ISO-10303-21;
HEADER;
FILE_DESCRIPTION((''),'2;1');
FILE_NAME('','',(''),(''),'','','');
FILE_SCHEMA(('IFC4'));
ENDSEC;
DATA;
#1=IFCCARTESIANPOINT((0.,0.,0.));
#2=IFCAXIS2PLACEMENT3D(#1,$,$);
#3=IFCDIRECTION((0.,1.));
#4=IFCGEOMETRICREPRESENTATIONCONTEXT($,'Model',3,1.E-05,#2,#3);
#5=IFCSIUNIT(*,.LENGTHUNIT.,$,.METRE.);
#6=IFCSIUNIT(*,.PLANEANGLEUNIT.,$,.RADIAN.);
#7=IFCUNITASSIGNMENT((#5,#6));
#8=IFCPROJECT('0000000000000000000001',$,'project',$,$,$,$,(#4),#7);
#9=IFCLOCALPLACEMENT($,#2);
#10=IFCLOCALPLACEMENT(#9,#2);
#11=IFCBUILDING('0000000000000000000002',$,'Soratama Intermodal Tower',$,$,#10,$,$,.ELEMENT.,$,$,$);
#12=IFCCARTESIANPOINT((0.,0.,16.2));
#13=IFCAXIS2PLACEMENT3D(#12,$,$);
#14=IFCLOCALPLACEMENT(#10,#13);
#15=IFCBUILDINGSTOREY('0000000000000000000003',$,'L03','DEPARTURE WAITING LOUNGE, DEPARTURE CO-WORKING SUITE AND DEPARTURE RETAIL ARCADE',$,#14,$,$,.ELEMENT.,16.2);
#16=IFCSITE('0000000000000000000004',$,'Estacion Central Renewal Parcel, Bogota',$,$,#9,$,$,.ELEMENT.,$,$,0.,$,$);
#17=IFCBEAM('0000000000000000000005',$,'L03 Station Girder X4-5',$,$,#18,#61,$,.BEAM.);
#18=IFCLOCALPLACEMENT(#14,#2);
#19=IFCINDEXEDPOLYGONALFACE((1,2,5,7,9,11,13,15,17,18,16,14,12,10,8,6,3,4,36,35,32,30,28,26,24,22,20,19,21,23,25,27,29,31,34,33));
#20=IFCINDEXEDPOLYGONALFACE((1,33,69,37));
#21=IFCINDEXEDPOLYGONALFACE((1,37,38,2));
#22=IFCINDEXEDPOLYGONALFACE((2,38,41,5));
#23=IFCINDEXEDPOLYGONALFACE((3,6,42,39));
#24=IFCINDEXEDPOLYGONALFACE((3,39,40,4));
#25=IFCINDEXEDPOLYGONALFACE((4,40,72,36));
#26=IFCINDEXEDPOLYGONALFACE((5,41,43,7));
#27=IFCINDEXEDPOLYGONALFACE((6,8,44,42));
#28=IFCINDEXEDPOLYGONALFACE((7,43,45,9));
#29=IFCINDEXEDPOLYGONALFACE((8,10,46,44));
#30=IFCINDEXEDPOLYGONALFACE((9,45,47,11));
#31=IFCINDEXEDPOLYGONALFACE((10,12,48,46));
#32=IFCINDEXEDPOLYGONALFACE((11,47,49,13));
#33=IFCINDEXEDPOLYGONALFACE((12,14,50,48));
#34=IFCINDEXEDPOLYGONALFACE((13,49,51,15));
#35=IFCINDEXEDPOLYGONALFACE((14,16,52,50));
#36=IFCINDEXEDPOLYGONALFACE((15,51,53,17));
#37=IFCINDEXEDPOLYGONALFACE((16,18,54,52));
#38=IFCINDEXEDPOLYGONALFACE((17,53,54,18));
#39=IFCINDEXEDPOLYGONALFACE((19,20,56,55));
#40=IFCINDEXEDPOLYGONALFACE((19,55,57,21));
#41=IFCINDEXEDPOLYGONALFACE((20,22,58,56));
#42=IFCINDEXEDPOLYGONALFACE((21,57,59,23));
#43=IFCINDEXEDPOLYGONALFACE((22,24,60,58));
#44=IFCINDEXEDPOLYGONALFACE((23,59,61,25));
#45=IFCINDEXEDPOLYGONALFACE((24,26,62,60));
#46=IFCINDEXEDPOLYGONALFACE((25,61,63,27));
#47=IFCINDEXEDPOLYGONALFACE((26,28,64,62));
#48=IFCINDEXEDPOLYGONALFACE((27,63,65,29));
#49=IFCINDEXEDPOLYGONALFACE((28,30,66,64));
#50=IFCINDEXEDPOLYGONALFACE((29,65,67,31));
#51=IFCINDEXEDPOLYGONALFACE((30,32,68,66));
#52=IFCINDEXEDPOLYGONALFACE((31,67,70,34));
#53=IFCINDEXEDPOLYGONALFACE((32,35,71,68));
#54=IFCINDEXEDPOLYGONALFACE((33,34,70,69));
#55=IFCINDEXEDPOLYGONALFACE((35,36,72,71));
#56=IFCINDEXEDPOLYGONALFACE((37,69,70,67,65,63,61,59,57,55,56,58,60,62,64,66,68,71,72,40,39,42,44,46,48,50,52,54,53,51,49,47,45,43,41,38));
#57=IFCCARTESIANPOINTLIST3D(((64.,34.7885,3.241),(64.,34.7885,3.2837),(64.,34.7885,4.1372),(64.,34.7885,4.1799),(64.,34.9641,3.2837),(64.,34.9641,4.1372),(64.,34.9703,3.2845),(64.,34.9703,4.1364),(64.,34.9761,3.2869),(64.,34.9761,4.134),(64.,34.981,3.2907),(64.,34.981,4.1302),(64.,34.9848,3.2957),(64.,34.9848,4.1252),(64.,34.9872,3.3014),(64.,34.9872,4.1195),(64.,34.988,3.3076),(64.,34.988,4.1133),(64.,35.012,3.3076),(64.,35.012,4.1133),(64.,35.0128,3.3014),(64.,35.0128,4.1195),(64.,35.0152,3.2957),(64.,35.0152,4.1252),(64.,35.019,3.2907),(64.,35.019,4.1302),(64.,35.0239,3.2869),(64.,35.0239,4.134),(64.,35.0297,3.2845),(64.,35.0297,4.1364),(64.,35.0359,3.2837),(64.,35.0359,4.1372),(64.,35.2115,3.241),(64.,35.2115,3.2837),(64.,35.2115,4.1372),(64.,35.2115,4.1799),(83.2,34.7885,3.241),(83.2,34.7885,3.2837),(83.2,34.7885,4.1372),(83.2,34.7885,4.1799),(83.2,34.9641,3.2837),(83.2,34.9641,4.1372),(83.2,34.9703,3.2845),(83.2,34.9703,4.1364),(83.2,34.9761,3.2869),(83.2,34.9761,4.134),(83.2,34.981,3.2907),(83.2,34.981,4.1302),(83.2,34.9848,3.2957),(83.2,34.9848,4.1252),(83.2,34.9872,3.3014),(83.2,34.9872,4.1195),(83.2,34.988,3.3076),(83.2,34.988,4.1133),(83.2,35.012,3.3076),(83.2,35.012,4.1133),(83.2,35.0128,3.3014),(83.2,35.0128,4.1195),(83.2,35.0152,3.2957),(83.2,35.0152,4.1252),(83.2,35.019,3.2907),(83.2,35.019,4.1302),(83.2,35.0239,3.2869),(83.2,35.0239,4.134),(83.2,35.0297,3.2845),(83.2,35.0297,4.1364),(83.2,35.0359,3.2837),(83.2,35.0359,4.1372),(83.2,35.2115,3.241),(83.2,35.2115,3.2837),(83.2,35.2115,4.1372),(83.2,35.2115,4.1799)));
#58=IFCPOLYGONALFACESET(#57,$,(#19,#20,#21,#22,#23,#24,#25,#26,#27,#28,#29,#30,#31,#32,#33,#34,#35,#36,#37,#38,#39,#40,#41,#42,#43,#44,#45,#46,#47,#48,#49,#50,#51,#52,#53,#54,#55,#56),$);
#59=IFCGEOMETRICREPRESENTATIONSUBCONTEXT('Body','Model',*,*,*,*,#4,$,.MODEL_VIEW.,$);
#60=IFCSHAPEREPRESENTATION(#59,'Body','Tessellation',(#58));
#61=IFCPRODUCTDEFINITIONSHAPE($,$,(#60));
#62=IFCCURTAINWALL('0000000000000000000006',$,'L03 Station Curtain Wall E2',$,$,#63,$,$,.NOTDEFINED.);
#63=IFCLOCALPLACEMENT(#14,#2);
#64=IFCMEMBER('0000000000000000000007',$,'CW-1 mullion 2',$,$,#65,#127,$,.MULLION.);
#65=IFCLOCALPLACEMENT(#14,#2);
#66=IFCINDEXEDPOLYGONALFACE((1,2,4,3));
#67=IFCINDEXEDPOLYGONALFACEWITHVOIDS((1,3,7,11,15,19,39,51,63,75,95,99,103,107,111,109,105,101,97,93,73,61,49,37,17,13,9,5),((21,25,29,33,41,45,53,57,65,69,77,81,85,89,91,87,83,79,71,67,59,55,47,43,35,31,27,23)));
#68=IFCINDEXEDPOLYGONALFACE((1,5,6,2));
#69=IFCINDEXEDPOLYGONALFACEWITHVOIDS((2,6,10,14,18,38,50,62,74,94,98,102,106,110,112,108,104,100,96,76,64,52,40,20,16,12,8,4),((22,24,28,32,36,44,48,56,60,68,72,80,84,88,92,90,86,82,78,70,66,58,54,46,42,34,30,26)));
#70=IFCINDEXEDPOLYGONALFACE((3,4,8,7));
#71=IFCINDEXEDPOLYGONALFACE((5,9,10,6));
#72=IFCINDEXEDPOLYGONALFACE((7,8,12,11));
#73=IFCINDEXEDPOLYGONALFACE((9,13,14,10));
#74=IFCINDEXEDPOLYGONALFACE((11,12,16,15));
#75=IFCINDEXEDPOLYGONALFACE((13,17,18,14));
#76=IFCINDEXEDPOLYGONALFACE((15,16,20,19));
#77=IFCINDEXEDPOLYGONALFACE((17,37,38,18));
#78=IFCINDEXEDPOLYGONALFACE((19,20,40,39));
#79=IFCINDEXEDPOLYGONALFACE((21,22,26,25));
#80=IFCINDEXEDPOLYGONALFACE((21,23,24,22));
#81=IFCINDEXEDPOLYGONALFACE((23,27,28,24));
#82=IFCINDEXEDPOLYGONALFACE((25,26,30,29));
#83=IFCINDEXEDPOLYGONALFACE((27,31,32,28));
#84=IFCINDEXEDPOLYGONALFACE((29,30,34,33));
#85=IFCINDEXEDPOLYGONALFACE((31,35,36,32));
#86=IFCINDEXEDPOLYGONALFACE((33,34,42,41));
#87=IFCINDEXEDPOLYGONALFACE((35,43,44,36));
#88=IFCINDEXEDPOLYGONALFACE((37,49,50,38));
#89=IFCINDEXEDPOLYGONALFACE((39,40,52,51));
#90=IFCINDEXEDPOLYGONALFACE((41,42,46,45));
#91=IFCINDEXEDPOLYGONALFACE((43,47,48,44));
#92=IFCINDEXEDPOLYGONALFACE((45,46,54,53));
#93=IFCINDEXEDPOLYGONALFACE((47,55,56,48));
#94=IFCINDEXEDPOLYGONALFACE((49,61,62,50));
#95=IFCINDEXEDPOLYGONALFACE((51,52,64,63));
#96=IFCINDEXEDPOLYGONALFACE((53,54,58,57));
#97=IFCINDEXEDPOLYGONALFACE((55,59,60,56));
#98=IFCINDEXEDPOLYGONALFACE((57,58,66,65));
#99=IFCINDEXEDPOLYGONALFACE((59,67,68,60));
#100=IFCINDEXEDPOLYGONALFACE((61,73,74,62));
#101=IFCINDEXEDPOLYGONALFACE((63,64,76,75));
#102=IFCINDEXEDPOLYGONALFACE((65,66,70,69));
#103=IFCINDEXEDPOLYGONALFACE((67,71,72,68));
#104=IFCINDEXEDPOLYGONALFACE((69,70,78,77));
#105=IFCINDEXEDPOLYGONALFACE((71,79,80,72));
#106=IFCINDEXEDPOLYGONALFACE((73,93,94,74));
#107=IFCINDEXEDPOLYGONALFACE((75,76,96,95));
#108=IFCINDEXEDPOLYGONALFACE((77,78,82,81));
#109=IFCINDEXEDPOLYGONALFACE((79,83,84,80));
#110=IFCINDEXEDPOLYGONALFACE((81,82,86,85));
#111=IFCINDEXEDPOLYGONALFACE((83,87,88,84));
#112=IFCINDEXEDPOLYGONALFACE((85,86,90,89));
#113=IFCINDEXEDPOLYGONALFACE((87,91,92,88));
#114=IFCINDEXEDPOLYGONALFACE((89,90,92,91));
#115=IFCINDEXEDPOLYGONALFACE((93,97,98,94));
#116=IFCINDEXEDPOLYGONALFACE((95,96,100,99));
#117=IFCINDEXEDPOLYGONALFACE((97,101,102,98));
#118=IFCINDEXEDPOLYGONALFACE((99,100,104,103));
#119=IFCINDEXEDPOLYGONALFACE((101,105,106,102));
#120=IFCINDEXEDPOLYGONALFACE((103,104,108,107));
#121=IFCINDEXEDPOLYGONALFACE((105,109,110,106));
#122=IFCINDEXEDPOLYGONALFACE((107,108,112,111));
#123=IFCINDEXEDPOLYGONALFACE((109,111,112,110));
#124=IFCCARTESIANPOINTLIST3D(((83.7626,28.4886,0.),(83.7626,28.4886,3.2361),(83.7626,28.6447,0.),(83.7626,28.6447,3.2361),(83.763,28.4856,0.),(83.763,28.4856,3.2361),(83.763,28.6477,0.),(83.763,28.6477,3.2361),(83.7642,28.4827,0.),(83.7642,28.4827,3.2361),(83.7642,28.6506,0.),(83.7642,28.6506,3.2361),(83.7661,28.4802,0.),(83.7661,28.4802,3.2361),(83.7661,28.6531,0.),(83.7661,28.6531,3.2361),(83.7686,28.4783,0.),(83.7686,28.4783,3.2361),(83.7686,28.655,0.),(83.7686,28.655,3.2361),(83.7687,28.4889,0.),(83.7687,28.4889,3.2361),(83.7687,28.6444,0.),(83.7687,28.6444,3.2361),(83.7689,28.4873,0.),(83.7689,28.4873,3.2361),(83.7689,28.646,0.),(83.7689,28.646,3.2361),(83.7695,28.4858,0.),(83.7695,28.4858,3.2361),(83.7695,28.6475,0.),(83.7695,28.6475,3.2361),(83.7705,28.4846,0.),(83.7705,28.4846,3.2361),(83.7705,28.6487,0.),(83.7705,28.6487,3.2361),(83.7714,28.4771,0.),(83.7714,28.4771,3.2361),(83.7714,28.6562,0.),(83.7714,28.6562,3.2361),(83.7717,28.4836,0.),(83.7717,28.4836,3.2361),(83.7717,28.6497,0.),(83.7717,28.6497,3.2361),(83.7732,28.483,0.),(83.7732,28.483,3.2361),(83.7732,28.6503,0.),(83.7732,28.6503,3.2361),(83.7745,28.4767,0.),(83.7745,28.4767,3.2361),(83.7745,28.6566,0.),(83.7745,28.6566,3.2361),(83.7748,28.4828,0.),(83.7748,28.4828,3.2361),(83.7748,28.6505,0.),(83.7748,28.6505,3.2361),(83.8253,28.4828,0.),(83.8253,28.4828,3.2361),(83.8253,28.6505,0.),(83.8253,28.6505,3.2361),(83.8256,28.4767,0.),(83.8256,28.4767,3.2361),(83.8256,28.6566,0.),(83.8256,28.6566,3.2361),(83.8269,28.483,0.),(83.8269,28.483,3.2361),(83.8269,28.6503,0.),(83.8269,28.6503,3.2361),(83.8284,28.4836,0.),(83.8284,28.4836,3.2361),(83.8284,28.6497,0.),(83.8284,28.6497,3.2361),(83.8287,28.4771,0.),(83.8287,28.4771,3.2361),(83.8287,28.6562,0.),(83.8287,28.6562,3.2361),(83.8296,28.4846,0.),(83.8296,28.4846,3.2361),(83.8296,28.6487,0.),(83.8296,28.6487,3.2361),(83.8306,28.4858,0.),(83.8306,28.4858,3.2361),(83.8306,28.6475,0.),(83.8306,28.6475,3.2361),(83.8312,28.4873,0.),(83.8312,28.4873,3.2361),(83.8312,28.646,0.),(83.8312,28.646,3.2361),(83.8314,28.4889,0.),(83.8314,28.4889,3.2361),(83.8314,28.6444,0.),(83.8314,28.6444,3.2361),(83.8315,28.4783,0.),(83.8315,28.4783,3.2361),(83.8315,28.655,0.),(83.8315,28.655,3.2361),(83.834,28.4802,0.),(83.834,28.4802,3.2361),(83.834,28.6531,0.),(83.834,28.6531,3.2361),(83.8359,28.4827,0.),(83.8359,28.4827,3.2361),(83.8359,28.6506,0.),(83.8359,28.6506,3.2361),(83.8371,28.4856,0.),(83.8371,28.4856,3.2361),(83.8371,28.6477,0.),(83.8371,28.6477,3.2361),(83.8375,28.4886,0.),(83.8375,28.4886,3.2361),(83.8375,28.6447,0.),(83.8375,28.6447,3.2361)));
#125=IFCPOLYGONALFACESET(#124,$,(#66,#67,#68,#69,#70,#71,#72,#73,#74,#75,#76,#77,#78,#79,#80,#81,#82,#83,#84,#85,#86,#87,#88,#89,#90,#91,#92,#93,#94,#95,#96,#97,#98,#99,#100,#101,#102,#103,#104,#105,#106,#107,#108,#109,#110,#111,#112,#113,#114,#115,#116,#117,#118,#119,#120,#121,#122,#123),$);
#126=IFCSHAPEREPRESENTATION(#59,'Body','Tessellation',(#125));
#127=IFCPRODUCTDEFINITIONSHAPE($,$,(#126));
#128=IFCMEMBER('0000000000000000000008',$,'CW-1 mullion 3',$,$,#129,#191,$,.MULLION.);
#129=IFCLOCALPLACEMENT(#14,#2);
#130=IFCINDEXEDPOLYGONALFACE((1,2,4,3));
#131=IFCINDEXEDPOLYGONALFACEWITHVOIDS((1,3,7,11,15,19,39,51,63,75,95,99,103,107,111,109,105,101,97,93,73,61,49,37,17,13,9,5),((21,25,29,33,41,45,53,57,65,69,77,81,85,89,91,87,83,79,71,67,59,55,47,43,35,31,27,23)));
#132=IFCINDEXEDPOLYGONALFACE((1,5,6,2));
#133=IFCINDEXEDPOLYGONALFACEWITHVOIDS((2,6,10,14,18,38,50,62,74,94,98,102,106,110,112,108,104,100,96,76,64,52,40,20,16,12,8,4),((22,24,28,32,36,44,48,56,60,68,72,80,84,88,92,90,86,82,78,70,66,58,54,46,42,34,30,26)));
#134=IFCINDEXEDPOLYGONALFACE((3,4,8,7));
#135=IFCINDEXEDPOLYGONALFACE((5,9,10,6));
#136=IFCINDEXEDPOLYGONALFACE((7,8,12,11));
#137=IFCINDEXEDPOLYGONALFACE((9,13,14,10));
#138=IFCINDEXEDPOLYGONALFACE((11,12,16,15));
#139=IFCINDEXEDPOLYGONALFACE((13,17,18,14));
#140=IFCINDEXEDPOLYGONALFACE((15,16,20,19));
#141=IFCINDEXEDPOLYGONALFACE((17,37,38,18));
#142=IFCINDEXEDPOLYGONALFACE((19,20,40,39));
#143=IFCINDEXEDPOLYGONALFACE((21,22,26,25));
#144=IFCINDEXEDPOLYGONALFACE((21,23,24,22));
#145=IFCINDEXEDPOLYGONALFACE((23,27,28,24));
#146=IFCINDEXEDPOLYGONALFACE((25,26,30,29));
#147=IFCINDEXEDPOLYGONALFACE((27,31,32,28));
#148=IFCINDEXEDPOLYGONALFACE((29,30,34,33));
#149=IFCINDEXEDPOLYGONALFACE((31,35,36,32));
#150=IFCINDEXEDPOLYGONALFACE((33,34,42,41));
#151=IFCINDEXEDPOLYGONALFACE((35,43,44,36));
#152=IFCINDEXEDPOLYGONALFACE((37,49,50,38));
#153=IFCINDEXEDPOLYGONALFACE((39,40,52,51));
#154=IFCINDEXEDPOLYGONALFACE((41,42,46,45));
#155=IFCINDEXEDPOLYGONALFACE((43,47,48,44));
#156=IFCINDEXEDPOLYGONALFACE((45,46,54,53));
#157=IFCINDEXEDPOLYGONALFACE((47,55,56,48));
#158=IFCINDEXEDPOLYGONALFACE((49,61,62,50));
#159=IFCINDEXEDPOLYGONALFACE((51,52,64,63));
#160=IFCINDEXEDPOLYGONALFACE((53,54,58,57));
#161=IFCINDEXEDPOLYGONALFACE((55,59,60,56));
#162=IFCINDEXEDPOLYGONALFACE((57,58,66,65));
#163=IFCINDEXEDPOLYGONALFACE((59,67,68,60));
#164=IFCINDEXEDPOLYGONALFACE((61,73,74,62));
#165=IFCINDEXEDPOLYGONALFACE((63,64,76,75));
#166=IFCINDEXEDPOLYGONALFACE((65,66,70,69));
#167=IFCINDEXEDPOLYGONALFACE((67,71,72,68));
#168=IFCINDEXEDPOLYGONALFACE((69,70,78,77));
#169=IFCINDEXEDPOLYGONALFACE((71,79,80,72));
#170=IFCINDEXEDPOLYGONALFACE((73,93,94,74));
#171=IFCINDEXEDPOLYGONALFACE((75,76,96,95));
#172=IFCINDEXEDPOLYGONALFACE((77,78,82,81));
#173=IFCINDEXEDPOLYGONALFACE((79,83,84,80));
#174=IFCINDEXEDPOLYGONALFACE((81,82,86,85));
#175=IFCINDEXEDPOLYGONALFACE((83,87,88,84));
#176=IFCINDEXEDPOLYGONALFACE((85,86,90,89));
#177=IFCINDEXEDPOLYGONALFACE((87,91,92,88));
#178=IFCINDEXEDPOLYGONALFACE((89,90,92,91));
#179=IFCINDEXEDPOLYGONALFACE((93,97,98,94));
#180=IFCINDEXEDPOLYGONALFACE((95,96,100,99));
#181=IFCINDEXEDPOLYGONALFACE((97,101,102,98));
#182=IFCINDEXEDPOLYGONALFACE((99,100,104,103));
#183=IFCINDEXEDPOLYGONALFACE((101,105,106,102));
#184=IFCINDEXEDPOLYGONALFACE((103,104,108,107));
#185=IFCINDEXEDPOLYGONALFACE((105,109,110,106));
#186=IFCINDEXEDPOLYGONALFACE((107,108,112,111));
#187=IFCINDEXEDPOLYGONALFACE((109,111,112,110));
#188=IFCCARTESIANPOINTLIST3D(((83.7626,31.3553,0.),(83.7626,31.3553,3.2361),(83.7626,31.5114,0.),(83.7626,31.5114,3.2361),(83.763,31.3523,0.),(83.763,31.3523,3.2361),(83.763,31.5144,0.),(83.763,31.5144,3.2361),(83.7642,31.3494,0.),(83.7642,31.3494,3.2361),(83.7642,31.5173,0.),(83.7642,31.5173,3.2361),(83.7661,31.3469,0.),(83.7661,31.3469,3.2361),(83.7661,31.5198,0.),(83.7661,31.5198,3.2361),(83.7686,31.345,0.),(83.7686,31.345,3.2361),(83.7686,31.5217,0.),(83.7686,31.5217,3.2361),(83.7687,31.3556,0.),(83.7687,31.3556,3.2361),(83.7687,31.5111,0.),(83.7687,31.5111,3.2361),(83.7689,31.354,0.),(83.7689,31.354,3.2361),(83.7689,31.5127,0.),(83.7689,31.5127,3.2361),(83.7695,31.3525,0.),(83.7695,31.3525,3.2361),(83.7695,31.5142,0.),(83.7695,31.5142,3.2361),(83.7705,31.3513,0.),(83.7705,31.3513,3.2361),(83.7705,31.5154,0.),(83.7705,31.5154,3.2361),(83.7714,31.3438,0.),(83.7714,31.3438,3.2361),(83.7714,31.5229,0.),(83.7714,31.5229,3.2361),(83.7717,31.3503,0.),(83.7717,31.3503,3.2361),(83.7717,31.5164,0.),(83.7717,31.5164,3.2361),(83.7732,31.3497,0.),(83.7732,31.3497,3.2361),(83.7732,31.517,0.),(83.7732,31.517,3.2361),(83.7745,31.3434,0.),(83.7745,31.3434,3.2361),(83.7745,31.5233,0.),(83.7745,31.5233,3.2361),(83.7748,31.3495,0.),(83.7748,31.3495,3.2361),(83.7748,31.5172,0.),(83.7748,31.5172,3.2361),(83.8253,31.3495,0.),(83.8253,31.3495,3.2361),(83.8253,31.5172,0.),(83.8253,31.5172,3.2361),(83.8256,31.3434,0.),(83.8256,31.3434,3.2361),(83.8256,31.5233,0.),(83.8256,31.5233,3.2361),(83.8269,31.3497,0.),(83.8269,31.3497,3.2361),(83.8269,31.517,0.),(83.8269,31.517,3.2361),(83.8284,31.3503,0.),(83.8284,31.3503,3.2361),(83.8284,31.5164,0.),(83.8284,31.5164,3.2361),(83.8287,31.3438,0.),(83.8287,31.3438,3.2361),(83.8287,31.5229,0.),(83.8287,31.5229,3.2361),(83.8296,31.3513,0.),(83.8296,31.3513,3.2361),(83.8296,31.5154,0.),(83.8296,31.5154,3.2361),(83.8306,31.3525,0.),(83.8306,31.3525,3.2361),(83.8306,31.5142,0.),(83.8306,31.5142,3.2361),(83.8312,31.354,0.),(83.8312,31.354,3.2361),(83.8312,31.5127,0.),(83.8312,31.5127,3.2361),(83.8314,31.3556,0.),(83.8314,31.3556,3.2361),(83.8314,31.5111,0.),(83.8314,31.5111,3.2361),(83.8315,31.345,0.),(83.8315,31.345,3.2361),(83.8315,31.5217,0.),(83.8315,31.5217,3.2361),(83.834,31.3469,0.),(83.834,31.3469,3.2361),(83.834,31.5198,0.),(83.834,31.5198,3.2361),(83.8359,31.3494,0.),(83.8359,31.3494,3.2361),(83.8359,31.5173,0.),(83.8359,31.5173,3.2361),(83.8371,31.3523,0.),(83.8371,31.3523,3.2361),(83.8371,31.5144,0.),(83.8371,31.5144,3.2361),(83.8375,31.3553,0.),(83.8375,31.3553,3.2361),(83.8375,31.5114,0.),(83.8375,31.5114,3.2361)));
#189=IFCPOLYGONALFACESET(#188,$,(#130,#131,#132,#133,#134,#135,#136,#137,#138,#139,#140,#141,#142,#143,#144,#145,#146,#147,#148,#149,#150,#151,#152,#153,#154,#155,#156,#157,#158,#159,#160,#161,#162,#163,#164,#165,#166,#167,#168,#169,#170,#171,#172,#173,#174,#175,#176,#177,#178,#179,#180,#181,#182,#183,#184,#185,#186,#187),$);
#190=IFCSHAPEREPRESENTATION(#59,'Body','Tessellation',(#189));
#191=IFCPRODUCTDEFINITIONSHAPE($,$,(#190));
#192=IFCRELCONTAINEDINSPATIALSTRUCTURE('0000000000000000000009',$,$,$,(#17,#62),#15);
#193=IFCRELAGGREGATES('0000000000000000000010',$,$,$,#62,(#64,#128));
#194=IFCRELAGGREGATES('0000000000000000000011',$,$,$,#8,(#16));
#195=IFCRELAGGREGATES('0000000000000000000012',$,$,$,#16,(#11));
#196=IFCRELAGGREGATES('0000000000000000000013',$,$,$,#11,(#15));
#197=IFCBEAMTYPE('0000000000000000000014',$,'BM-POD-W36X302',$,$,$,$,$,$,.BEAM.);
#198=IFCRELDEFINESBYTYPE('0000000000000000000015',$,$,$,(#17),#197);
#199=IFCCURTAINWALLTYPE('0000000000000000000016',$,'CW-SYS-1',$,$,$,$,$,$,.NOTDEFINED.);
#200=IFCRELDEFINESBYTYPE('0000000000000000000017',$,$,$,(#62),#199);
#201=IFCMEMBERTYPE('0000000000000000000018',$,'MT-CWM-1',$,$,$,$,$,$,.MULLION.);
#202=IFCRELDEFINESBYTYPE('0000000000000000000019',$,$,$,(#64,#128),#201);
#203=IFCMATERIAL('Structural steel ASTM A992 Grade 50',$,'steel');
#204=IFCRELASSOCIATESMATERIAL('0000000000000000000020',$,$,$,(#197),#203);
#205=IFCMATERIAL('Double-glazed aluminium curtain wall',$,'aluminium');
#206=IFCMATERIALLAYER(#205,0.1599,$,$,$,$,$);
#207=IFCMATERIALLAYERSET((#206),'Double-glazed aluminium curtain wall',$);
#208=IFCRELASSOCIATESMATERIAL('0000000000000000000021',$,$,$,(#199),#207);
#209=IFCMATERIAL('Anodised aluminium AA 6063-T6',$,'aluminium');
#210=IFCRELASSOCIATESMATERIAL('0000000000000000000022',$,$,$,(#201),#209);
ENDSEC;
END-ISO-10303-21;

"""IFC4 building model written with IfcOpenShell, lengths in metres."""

from ifc_helpers import new_model, si_unit, direction, frame, origin, origin_2d, place, context, subcontext, project, spatial, hollow_rectangle, i_section, extrude, material, layer, layer_set, material_profile, profile_set, type_object, element, aggregate, save


model = new_model("IFC4")

# Units and contexts
model_context = context("Model", 3, precision=1e-05, world=origin(), true_north=direction((0.0, 1.0)))
body_context = subcontext(model_context, "Body", "Model", "MODEL_VIEW")
ifc_project = project(units=[si_unit("LENGTHUNIT", "METRE"), si_unit("PLANEANGLEUNIT", "RADIAN")], contexts=[model_context])

# Site, building, storey
site_placement = place(None, origin())
site = spatial("IfcSite", under=ifc_project, at=site_placement, Name="Estacion Central Renewal Parcel, Bogota", CompositionType="ELEMENT", RefElevation=0.0)
building_placement = place(site_placement, origin())
building = spatial("IfcBuilding", under=site, at=building_placement, Name="Soratama Intermodal Tower", CompositionType="ELEMENT")
storey_placement = place(building_placement, frame((0.0, 0.0, 16.2)))
storey = spatial("IfcBuildingStorey", under=building, at=storey_placement, Name="L03", Description="DEPARTURE WAITING LOUNGE, DEPARTURE CO-WORKING SUITE AND DEPARTURE RETAIL ARCADE", CompositionType="ELEMENT", Elevation=16.2)

# Beam
ifc_material_1 = material(Name="Structural steel ASTM A992 Grade 50", Category="steel")
ifc_material_profile_1 = material_profile(ifc_material_1, i_section(OverallWidth=0.4231, OverallDepth=0.939, WebThickness=0.0239, FlangeThickness=0.0427, FilletRadius=0.0239, at=origin_2d()), Name="W36X302")
ifc_profile_set_1 = profile_set([ifc_material_profile_1], Name="Structural steel ASTM A992 Grade 50")
beam_type_1 = type_object("IfcBeamType", Name="BM-POD-W36X302", PredefinedType="BEAM", material=ifc_profile_set_1)
beam_1_placement = place(storey_placement, frame((64.0, 35.0, 3.7104), z_axis=(1.0, 0.0, 0.0), x_axis=(0.0, 1.0, 0.0)))
element("IfcBeam", 1, at=beam_1_placement, inside=storey, type_object=beam_type_1, Name="L03 Station Girder X4-5", PredefinedType="BEAM", context=body_context, shape_type="SweptSolid", body=[
    extrude(i_section(OverallWidth=0.4231, OverallDepth=0.939, WebThickness=0.0239, FlangeThickness=0.0427, FilletRadius=0.0239, at=origin_2d()), origin(), (0.0, 0.0, 1.0), 19.2),
])

# Curtain wall, members
ifc_material_2 = material(Name="Double-glazed aluminium curtain wall", Category="aluminium")
ifc_layer_1 = layer(ifc_material_2, 0.1599)
ifc_layer_set_1 = layer_set([ifc_layer_1], Name="Double-glazed aluminium curtain wall")
curtain_wall_type = type_object("IfcCurtainWallType", Name="CW-SYS-1", PredefinedType="NOTDEFINED", material=ifc_layer_set_1)
curtain_wall_placement = place(storey_placement, origin())
curtain_wall = element("IfcCurtainWall", 2, at=curtain_wall_placement, inside=storey, type_object=curtain_wall_type, Name="L03 Station Curtain Wall E2", PredefinedType="NOTDEFINED")
ifc_material_3 = material(Name="Anodised aluminium AA 6063-T6", Category="aluminium")
ifc_material_profile_2 = material_profile(ifc_material_3, hollow_rectangle(XDim=0.075, YDim=0.1799, WallThickness=0.0061, InnerFilletRadius=0.0061, OuterFilletRadius=0.012, at=origin_2d()), Name="CWM180X75X6")
ifc_profile_set_2 = profile_set([ifc_material_profile_2], Name="Anodised aluminium AA 6063-T6")
member_type_1 = type_object("IfcMemberType", Name="MT-CWM-1", PredefinedType="MULLION", material=ifc_profile_set_2)
member_1_placement = place(storey_placement, frame((83.8, 28.5667, 0.0), z_axis=(0.0, 0.0, 1.0), x_axis=(-1.0, 0.0, 0.0)))
member_1 = element("IfcMember", 3, at=member_1_placement, type_object=member_type_1, Name="CW-1 mullion 2", PredefinedType="MULLION", context=body_context, shape_type="SweptSolid", body=[
    extrude(hollow_rectangle(XDim=0.075, YDim=0.1799, WallThickness=0.0061, InnerFilletRadius=0.0061, OuterFilletRadius=0.012, at=origin_2d()), origin(), (0.0, 0.0, 1.0), 3.2361),
])
member_2_placement = place(storey_placement, frame((83.8, 31.4333, 0.0), z_axis=(0.0, 0.0, 1.0), x_axis=(-1.0, 0.0, 0.0)))
member_2 = element("IfcMember", 4, at=member_2_placement, type_object=member_type_1, Name="CW-1 mullion 3", PredefinedType="MULLION", context=body_context, shape_type="SweptSolid", body=[
    extrude(hollow_rectangle(XDim=0.075, YDim=0.1799, WallThickness=0.0061, InnerFilletRadius=0.0061, OuterFilletRadius=0.012, at=origin_2d()), origin(), (0.0, 0.0, 1.0), 3.2361),
])
aggregate(curtain_wall, [member_1, member_2])

save(model, "model.ifc")
